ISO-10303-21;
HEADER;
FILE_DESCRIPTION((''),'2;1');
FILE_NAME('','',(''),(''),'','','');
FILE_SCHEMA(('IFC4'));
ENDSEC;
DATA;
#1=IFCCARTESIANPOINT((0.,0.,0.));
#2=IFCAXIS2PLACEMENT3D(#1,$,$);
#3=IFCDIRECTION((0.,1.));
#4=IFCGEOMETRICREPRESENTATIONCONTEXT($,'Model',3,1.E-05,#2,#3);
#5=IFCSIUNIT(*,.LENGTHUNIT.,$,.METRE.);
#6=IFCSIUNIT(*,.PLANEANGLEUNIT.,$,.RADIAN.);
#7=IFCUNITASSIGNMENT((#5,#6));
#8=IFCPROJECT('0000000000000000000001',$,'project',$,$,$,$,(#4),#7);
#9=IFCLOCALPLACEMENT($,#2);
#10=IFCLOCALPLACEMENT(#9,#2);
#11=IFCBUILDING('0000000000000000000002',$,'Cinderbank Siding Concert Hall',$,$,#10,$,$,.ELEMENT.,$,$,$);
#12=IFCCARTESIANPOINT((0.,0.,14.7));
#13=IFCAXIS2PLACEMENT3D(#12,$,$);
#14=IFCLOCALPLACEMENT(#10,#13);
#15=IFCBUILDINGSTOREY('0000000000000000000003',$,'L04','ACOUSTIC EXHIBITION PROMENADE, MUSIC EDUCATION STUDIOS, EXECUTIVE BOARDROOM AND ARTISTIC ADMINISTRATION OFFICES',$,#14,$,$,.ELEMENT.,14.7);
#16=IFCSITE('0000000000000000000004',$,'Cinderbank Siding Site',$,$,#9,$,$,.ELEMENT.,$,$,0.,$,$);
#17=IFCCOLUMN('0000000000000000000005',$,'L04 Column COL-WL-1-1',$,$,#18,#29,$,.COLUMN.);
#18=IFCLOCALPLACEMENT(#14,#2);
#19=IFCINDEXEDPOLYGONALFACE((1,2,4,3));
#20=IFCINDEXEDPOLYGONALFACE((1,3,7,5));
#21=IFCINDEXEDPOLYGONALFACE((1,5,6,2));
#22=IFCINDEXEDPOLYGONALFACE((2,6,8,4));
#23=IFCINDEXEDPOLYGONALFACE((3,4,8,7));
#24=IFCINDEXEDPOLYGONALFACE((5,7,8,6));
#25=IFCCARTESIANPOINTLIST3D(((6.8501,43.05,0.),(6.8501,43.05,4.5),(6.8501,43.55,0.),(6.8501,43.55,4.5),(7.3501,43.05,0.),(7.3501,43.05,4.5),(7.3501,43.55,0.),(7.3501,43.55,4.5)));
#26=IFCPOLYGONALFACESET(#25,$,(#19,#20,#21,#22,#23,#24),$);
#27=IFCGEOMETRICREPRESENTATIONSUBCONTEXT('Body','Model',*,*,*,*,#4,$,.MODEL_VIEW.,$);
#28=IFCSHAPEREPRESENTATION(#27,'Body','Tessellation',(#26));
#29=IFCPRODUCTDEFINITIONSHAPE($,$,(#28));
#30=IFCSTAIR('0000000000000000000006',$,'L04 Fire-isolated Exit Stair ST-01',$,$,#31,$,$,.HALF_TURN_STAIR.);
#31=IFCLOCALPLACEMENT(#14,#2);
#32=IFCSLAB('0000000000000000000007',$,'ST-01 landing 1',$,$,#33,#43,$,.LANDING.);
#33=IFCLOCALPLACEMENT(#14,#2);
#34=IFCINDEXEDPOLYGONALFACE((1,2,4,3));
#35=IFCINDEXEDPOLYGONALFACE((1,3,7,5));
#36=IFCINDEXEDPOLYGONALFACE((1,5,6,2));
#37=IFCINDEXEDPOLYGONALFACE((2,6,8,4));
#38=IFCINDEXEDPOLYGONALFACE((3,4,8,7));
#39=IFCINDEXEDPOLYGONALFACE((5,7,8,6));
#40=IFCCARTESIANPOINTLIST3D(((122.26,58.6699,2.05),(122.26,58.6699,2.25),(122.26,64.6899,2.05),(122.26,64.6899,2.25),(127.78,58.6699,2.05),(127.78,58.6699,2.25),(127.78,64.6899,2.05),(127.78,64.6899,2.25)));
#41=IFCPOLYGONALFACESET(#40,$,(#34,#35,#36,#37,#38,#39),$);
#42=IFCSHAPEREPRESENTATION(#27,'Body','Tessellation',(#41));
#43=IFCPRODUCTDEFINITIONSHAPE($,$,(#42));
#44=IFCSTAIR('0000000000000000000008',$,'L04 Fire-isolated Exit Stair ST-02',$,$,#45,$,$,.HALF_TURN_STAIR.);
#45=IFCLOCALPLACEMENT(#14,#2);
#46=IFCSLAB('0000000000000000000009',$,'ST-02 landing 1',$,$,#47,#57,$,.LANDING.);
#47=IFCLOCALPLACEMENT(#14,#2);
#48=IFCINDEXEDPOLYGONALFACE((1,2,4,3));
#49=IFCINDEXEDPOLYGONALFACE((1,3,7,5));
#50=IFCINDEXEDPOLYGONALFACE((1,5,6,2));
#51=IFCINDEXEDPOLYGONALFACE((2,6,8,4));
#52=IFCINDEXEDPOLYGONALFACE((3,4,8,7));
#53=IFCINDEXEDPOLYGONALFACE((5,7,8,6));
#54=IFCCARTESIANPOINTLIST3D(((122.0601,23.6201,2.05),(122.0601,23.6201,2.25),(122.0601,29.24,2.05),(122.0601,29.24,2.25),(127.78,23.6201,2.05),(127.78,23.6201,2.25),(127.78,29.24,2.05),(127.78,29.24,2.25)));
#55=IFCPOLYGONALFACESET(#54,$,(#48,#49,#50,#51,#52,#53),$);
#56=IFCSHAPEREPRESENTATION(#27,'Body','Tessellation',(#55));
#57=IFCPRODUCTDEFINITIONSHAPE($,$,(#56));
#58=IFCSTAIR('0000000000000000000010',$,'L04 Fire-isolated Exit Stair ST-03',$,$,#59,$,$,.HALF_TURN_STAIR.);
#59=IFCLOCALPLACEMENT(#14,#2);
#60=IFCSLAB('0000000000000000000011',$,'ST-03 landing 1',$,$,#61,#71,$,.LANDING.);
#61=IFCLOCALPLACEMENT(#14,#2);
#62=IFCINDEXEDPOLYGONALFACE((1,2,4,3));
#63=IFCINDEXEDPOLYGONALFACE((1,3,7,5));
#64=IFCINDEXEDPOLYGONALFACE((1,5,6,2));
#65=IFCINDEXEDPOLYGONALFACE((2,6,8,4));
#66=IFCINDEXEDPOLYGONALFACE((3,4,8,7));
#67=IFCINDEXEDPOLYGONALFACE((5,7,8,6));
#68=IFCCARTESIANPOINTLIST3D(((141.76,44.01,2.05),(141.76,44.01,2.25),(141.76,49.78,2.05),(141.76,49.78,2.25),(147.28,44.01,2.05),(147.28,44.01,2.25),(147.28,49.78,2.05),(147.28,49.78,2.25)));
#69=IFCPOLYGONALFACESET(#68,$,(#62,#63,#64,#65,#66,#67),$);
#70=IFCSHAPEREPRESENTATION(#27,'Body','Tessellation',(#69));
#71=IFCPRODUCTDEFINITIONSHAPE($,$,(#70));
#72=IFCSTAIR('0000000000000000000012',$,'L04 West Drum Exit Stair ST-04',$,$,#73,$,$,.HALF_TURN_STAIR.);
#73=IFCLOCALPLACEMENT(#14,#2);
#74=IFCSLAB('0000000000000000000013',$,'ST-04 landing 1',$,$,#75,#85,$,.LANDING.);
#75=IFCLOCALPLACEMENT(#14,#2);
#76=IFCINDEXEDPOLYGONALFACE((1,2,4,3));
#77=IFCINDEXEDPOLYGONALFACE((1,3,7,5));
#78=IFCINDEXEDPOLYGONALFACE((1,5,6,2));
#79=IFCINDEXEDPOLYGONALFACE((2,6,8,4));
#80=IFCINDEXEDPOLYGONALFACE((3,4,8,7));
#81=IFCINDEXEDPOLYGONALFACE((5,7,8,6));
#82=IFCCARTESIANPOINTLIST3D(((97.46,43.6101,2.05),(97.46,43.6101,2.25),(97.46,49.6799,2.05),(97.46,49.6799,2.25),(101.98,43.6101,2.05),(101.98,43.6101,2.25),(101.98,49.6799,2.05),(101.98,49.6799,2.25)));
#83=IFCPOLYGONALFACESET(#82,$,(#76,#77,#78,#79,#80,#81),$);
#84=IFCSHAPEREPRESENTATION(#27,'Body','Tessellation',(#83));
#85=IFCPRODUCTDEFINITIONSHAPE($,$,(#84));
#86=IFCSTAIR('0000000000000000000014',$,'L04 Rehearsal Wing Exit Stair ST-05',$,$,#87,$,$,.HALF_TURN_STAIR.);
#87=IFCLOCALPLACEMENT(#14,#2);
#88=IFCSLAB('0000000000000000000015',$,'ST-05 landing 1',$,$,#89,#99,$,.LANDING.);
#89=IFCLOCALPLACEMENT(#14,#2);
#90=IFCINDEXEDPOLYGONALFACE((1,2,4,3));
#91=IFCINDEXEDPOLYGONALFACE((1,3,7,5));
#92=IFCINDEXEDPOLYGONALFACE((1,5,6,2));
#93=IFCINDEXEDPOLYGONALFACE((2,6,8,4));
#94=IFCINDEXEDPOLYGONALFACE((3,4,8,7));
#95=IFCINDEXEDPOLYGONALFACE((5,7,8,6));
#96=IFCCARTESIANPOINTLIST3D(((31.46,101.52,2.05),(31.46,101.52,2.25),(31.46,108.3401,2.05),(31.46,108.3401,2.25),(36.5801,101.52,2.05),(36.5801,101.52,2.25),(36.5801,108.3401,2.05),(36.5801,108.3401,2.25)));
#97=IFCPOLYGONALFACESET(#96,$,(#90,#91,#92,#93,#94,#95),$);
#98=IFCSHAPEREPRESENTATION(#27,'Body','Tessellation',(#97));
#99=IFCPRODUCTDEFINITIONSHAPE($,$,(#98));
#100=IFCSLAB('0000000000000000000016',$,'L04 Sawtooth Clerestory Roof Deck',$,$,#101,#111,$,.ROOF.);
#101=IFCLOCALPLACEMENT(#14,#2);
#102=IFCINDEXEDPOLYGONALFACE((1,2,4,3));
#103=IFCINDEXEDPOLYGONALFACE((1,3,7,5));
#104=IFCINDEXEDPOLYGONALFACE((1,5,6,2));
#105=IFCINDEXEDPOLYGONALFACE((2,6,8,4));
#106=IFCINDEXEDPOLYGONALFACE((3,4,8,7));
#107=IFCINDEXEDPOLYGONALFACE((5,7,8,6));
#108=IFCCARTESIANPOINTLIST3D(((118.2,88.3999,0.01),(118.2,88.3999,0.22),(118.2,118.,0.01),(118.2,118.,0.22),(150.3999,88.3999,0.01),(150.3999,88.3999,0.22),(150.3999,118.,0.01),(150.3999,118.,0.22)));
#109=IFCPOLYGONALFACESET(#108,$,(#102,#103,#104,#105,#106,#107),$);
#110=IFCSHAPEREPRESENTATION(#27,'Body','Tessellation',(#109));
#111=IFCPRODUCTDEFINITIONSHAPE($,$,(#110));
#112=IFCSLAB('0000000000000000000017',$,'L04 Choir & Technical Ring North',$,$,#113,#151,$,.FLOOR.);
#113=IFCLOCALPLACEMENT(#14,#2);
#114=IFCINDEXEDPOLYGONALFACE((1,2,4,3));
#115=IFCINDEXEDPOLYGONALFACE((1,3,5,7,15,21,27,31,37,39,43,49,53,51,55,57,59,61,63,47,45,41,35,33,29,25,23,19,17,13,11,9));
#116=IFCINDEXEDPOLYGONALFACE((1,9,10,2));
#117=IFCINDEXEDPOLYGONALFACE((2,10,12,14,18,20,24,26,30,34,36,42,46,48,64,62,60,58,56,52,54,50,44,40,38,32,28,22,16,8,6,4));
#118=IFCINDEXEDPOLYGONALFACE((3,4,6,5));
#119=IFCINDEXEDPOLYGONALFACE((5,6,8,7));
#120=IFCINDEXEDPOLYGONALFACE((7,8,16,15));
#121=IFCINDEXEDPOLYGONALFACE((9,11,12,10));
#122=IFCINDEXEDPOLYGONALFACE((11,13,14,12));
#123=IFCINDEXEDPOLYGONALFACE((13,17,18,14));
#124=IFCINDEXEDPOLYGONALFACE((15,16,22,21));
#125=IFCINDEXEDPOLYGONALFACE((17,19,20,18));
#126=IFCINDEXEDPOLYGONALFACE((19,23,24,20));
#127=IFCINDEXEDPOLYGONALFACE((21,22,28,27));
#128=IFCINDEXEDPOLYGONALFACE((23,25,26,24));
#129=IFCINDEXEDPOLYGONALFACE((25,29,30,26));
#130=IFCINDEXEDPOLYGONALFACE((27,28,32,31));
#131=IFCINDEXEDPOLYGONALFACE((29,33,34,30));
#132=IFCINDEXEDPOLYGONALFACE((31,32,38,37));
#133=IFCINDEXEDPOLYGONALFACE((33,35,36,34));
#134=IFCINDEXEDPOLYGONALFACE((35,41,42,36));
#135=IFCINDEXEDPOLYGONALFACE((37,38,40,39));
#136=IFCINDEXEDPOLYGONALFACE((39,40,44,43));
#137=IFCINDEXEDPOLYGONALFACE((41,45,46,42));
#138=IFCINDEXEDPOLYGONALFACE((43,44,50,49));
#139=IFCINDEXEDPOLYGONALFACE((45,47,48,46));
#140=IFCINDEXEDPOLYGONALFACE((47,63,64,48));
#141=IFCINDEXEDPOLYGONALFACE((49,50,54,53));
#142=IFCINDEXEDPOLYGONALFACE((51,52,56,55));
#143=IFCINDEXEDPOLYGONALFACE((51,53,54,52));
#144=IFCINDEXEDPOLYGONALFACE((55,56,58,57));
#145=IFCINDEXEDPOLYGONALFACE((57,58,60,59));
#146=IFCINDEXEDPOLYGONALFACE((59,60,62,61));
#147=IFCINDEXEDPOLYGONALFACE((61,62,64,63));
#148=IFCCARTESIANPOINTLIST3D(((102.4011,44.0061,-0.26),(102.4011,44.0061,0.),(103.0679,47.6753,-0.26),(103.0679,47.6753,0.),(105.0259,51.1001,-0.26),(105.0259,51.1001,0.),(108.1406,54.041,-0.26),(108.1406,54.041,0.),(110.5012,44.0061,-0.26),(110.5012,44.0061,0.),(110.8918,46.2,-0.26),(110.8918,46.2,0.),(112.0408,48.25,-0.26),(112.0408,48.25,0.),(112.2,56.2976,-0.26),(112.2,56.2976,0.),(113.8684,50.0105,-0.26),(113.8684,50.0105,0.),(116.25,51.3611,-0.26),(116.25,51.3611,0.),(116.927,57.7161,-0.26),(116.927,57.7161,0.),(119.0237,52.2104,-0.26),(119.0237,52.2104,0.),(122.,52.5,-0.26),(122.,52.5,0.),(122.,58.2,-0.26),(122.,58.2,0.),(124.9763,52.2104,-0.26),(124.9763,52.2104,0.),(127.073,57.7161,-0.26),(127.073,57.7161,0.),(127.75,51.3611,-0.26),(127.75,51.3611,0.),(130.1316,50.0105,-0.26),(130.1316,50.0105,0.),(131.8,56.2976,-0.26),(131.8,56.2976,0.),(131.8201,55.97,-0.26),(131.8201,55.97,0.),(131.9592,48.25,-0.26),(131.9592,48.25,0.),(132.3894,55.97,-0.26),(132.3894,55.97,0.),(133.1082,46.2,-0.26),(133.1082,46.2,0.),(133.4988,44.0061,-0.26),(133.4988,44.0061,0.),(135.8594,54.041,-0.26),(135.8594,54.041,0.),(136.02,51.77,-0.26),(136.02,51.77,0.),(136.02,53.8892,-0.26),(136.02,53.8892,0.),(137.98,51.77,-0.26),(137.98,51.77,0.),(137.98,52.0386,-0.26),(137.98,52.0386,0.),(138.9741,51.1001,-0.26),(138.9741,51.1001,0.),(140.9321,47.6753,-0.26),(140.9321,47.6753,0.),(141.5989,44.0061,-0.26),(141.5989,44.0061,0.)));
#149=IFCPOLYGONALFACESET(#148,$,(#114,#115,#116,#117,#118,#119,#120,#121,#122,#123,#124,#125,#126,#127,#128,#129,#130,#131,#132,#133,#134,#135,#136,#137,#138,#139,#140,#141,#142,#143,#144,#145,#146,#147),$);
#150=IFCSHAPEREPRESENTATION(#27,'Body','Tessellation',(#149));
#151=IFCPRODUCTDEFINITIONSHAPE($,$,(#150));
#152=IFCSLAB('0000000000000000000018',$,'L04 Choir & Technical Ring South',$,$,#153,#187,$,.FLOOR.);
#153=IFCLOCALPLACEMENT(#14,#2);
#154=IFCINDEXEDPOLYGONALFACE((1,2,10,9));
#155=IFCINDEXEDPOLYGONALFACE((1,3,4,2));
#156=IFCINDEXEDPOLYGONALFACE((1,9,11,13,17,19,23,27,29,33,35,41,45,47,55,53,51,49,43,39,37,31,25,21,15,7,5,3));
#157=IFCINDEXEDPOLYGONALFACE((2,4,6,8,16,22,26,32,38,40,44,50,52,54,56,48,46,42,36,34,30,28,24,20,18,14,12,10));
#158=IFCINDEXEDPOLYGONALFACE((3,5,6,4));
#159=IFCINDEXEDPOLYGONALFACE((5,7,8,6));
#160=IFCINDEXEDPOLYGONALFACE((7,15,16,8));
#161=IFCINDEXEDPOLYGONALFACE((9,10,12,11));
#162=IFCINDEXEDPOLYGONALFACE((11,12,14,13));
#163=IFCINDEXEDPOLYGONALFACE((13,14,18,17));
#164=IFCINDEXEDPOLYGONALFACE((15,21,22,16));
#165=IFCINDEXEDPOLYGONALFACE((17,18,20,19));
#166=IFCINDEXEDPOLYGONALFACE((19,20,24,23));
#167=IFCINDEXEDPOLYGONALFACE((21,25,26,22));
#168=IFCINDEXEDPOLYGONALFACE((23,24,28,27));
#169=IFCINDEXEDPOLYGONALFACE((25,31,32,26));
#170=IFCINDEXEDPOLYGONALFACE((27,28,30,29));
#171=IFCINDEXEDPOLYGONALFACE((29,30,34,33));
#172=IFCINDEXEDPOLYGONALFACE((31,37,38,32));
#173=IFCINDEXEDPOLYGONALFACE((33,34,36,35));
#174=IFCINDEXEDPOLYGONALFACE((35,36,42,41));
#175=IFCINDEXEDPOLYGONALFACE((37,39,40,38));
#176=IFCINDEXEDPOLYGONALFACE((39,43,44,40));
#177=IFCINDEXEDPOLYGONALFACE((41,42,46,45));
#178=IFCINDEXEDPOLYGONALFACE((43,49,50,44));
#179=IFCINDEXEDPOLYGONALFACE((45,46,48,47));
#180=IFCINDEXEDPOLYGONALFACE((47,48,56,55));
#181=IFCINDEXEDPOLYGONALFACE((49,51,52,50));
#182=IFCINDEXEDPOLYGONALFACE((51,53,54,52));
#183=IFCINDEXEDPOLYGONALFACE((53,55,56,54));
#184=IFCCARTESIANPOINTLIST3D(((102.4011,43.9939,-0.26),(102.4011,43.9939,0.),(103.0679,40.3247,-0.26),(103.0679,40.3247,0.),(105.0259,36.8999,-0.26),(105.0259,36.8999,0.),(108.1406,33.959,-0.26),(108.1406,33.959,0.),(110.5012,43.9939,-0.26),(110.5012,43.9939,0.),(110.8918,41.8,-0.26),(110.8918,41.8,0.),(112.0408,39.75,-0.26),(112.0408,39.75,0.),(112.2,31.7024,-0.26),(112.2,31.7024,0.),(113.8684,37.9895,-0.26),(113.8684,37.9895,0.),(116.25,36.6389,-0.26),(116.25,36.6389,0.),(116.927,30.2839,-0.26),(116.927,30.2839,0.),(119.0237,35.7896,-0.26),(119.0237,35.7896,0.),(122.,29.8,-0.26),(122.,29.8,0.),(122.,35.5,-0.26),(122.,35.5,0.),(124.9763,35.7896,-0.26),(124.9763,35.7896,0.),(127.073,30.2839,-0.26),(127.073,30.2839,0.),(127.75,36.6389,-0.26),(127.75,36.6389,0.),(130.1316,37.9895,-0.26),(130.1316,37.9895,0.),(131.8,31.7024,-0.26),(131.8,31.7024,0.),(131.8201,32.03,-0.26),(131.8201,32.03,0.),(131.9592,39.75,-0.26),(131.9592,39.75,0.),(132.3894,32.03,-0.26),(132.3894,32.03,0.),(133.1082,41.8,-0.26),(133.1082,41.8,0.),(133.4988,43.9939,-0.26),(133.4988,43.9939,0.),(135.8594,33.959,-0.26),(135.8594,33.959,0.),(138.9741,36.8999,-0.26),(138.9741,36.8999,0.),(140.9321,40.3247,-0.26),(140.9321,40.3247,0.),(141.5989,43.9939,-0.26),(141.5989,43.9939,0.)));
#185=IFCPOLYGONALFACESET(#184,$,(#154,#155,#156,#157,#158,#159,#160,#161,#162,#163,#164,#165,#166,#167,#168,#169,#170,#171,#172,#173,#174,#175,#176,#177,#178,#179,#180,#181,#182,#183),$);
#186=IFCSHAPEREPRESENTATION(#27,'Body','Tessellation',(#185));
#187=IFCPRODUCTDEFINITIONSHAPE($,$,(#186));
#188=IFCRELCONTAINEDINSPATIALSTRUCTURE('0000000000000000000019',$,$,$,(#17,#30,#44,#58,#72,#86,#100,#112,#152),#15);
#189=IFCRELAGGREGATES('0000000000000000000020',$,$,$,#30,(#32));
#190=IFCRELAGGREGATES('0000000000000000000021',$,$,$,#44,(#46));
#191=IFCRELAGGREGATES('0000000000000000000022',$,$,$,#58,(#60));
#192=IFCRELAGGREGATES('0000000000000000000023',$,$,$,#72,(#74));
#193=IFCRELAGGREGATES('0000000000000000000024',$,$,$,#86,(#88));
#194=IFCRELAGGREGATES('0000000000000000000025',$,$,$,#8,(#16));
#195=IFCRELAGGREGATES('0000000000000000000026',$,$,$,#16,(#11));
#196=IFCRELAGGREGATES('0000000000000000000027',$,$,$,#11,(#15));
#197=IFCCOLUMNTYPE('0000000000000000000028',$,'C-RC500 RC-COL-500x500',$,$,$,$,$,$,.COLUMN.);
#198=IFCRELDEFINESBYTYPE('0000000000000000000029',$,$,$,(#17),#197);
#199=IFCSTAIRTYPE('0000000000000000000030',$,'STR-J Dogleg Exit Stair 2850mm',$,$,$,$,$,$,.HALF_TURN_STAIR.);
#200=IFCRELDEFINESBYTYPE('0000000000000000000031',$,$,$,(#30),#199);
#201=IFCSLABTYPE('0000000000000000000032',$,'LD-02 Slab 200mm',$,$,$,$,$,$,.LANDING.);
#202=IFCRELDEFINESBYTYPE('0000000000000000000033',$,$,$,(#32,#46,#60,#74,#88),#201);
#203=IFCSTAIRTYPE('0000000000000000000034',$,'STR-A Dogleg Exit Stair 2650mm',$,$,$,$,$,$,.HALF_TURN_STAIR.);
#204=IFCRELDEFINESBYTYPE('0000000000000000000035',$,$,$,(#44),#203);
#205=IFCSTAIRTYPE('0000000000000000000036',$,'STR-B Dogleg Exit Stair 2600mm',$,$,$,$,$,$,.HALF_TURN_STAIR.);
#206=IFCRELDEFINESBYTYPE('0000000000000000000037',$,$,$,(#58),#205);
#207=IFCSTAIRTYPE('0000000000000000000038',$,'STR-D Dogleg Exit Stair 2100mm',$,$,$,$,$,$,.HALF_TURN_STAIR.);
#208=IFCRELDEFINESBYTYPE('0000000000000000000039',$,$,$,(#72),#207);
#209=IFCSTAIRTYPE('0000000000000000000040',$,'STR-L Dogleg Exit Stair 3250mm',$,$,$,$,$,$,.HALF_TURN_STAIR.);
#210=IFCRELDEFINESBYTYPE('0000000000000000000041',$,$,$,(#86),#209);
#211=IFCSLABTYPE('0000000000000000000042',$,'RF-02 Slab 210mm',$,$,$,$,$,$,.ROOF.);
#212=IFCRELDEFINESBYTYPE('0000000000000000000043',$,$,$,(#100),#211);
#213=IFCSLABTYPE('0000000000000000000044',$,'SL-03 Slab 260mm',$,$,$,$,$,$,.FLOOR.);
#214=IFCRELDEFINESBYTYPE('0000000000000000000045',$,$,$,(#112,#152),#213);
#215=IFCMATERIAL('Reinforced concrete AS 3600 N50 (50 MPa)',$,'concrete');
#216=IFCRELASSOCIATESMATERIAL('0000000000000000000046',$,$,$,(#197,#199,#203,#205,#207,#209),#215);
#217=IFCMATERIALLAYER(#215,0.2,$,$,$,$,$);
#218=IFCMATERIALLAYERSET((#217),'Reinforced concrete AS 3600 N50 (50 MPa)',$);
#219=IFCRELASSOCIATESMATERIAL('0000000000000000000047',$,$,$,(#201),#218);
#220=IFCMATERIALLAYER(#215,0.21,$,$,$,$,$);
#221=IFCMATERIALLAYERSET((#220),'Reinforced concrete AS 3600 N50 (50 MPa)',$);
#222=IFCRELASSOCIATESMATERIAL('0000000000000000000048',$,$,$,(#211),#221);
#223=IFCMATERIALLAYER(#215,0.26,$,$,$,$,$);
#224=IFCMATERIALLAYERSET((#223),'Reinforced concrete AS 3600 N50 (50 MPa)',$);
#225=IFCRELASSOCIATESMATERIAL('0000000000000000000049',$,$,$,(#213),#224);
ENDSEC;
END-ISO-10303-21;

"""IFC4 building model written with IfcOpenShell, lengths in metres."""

from ifc_helpers import new_model, si_unit, direction, frame, origin, origin_2d, place, context, subcontext, project, spatial, polyline, rectangle, outline, extrude, material, layer, layer_set, material_profile, profile_set, type_object, element, aggregate, save


model = new_model("IFC4")

# Units and contexts
model_context = context("Model", 3, precision=1e-05, world=origin(), true_north=direction((0.0, 1.0)))
body_context = subcontext(model_context, "Body", "Model", "MODEL_VIEW")
ifc_project = project(units=[si_unit("LENGTHUNIT", "METRE"), si_unit("PLANEANGLEUNIT", "RADIAN")], contexts=[model_context])

# Site, building, storey
site_placement = place(None, origin())
site = spatial("IfcSite", under=ifc_project, at=site_placement, Name="Cinderbank Siding Site", CompositionType="ELEMENT", RefElevation=0.0)
building_placement = place(site_placement, origin())
building = spatial("IfcBuilding", under=site, at=building_placement, Name="Cinderbank Siding Concert Hall", CompositionType="ELEMENT")
storey_placement = place(building_placement, frame((0.0, 0.0, 14.7)))
storey = spatial("IfcBuildingStorey", under=building, at=storey_placement, Name="L04", Description="ACOUSTIC EXHIBITION PROMENADE, MUSIC EDUCATION STUDIOS, EXECUTIVE BOARDROOM AND ARTISTIC ADMINISTRATION OFFICES", CompositionType="ELEMENT", Elevation=14.7)

# Column
ifc_material_1 = material(Name="Reinforced concrete AS 3600 N50 (50 MPa)", Category="concrete")
ifc_material_profile = material_profile(ifc_material_1, rectangle(XDim=0.5, YDim=0.5, at=origin_2d()), Name="RC-COL-500x500", Category="LoadBearing")
ifc_profile_set = profile_set([ifc_material_profile], Name="Reinforced concrete AS 3600 N50 (50 MPa)")
column_type = type_object("IfcColumnType", Name="C-RC500 RC-COL-500x500", PredefinedType="COLUMN", material=ifc_profile_set)
column_placement = place(storey_placement, frame((7.1001, 43.3, 0.0), z_axis=(0.0, 0.0, 1.0), x_axis=(1.0, 0.0, 0.0)))
element("IfcColumn", 1, at=column_placement, inside=storey, type_object=column_type, Name="L04 Column COL-WL-1-1", PredefinedType="COLUMN", context=body_context, shape_type="SweptSolid", body=[
    extrude(rectangle(XDim=0.5, YDim=0.5, at=origin_2d()), origin(), (0.0, 0.0, 1.0), 4.5),
])

# Stairs, slabs
stair_type_1 = type_object("IfcStairType", Name="STR-J Dogleg Exit Stair 2850mm", PredefinedType="HALF_TURN_STAIR", material=ifc_material_1)
stair_1_placement = place(storey_placement, origin())
stair_1 = element("IfcStair", 2, at=stair_1_placement, inside=storey, type_object=stair_type_1, Name="L04 Fire-isolated Exit Stair ST-01", PredefinedType="HALF_TURN_STAIR")
ifc_layer_1 = layer(ifc_material_1, 0.2)
ifc_layer_set_1 = layer_set([ifc_layer_1], Name="Reinforced concrete AS 3600 N50 (50 MPa)")
slab_type_1 = type_object("IfcSlabType", Name="LD-02 Slab 200mm", PredefinedType="LANDING", material=ifc_layer_set_1)
slab_1_placement = place(storey_placement, frame((0.0, 0.0, 2.05)))
slab_1 = element("IfcSlab", 3, at=slab_1_placement, type_object=slab_type_1, Name="ST-01 landing 1", PredefinedType="LANDING", context=body_context, shape_type="SweptSolid", body=[
    extrude(outline(polyline([(122.26, 58.6699), (122.26, 64.6899), (127.78, 64.6899), (127.78, 58.6699), (122.26, 58.6699)])), origin(), (0.0, 0.0, 1.0), 0.2),
])
aggregate(stair_1, [slab_1])
stair_type_2 = type_object("IfcStairType", Name="STR-A Dogleg Exit Stair 2650mm", PredefinedType="HALF_TURN_STAIR", material=ifc_material_1)
stair_2_placement = place(storey_placement, origin())
stair_2 = element("IfcStair", 4, at=stair_2_placement, inside=storey, type_object=stair_type_2, Name="L04 Fire-isolated Exit Stair ST-02", PredefinedType="HALF_TURN_STAIR")
slab_2_placement = place(storey_placement, frame((0.0, 0.0, 2.05)))
slab_2 = element("IfcSlab", 5, at=slab_2_placement, type_object=slab_type_1, Name="ST-02 landing 1", PredefinedType="LANDING", context=body_context, shape_type="SweptSolid", body=[
    extrude(outline(polyline([(122.0601, 23.6201), (122.0601, 29.24), (127.78, 29.24), (127.78, 23.6201), (122.0601, 23.6201)])), origin(), (0.0, 0.0, 1.0), 0.2),
])
aggregate(stair_2, [slab_2])
stair_type_3 = type_object("IfcStairType", Name="STR-B Dogleg Exit Stair 2600mm", PredefinedType="HALF_TURN_STAIR", material=ifc_material_1)
stair_3_placement = place(storey_placement, origin())
stair_3 = element("IfcStair", 6, at=stair_3_placement, inside=storey, type_object=stair_type_3, Name="L04 Fire-isolated Exit Stair ST-03", PredefinedType="HALF_TURN_STAIR")
slab_3_placement = place(storey_placement, frame((0.0, 0.0, 2.05)))
slab_3 = element("IfcSlab", 7, at=slab_3_placement, type_object=slab_type_1, Name="ST-03 landing 1", PredefinedType="LANDING", context=body_context, shape_type="SweptSolid", body=[
    extrude(outline(polyline([(147.28, 44.01), (141.76, 44.01), (141.76, 49.78), (147.28, 49.78), (147.28, 44.01)])), origin(), (0.0, 0.0, 1.0), 0.2),
])
aggregate(stair_3, [slab_3])
stair_type_4 = type_object("IfcStairType", Name="STR-D Dogleg Exit Stair 2100mm", PredefinedType="HALF_TURN_STAIR", material=ifc_material_1)
stair_4_placement = place(storey_placement, origin())
stair_4 = element("IfcStair", 8, at=stair_4_placement, inside=storey, type_object=stair_type_4, Name="L04 West Drum Exit Stair ST-04", PredefinedType="HALF_TURN_STAIR")
slab_4_placement = place(storey_placement, frame((0.0, 0.0, 2.05)))
slab_4 = element("IfcSlab", 9, at=slab_4_placement, type_object=slab_type_1, Name="ST-04 landing 1", PredefinedType="LANDING", context=body_context, shape_type="SweptSolid", body=[
    extrude(outline(polyline([(101.98, 43.6101), (97.46, 43.6101), (97.46, 49.6799), (101.98, 49.6799), (101.98, 43.6101)])), origin(), (0.0, 0.0, 1.0), 0.2),
])
aggregate(stair_4, [slab_4])
stair_type_5 = type_object("IfcStairType", Name="STR-L Dogleg Exit Stair 3250mm", PredefinedType="HALF_TURN_STAIR", material=ifc_material_1)
stair_5_placement = place(storey_placement, origin())
stair_5 = element("IfcStair", 10, at=stair_5_placement, inside=storey, type_object=stair_type_5, Name="L04 Rehearsal Wing Exit Stair ST-05", PredefinedType="HALF_TURN_STAIR")
slab_5_placement = place(storey_placement, frame((0.0, 0.0, 2.05)))
slab_5 = element("IfcSlab", 11, at=slab_5_placement, type_object=slab_type_1, Name="ST-05 landing 1", PredefinedType="LANDING", context=body_context, shape_type="SweptSolid", body=[
    extrude(outline(polyline([(31.46, 101.52), (31.46, 108.3401), (36.5801, 108.3401), (36.5801, 101.52), (31.46, 101.52)])), origin(), (0.0, 0.0, 1.0), 0.2),
])
aggregate(stair_5, [slab_5])

# Slabs
ifc_layer_2 = layer(ifc_material_1, 0.21)
ifc_layer_set_2 = layer_set([ifc_layer_2], Name="Reinforced concrete AS 3600 N50 (50 MPa)")
slab_type_2 = type_object("IfcSlabType", Name="RF-02 Slab 210mm", PredefinedType="ROOF", material=ifc_layer_set_2)
slab_6_placement = place(storey_placement, frame((0.0, 0.0, 0.01)))
element("IfcSlab", 12, at=slab_6_placement, inside=storey, type_object=slab_type_2, Name="L04 Sawtooth Clerestory Roof Deck", PredefinedType="ROOF", context=body_context, shape_type="SweptSolid", body=[
    extrude(outline(polyline([(118.2, 88.3999), (118.2, 118.0), (150.3999, 118.0), (150.3999, 88.3999), (118.2, 88.3999)])), origin(), (0.0, 0.0, 1.0), 0.21),
])
ifc_layer_3 = layer(ifc_material_1, 0.26)
ifc_layer_set_3 = layer_set([ifc_layer_3], Name="Reinforced concrete AS 3600 N50 (50 MPa)")
slab_type_3 = type_object("IfcSlabType", Name="SL-03 Slab 260mm", PredefinedType="FLOOR", material=ifc_layer_set_3)
slab_7_placement = place(storey_placement, frame((0.0, 0.0, -0.26)))
element("IfcSlab", 13, at=slab_7_placement, inside=storey, type_object=slab_type_3, Name="L04 Choir & Technical Ring North", PredefinedType="FLOOR", context=body_context, shape_type="SweptSolid", body=[
    extrude(outline(polyline([(108.1406, 54.041), (112.2, 56.2976), (116.927, 57.7161), (122.0, 58.2), (127.073, 57.7161), (131.8, 56.2976), (131.8201, 55.97), (132.3894, 55.97), (135.8594, 54.041), (136.02, 53.8892), (136.02, 51.77), (137.98, 51.77), (137.98, 52.0386), (138.9741, 51.1001), (140.9321, 47.6753), (141.5989, 44.0061), (133.4988, 44.0061), (133.1082, 46.2), (131.9592, 48.25), (130.1316, 50.0105), (127.75, 51.3611), (124.9763, 52.2104), (122.0, 52.5), (119.0237, 52.2104), (116.25, 51.3611), (113.8684, 50.0105), (112.0408, 48.25), (110.8918, 46.2), (110.5012, 44.0061), (102.4011, 44.0061), (103.0679, 47.6753), (105.0259, 51.1001), (108.1406, 54.041)])), origin(), (0.0, 0.0, 1.0), 0.26),
])
slab_8_placement = place(storey_placement, frame((0.0, 0.0, -0.26)))
element("IfcSlab", 14, at=slab_8_placement, inside=storey, type_object=slab_type_3, Name="L04 Choir & Technical Ring South", PredefinedType="FLOOR", context=body_context, shape_type="SweptSolid", body=[
    extrude(outline(polyline([(135.8594, 33.959), (132.3894, 32.03), (131.8201, 32.03), (131.8, 31.7024), (127.073, 30.2839), (122.0, 29.8), (116.927, 30.2839), (112.2, 31.7024), (108.1406, 33.959), (105.0259, 36.8999), (103.0679, 40.3247), (102.4011, 43.9939), (110.5012, 43.9939), (110.8918, 41.8), (112.0408, 39.75), (113.8684, 37.9895), (116.25, 36.6389), (119.0237, 35.7896), (122.0, 35.5), (124.9763, 35.7896), (127.75, 36.6389), (130.1316, 37.9895), (131.9592, 39.75), (133.1082, 41.8), (133.4988, 43.9939), (141.5989, 43.9939), (140.9321, 40.3247), (138.9741, 36.8999), (135.8594, 33.959)])), origin(), (0.0, 0.0, 1.0), 0.26),
])

save(model, "model.ifc")
